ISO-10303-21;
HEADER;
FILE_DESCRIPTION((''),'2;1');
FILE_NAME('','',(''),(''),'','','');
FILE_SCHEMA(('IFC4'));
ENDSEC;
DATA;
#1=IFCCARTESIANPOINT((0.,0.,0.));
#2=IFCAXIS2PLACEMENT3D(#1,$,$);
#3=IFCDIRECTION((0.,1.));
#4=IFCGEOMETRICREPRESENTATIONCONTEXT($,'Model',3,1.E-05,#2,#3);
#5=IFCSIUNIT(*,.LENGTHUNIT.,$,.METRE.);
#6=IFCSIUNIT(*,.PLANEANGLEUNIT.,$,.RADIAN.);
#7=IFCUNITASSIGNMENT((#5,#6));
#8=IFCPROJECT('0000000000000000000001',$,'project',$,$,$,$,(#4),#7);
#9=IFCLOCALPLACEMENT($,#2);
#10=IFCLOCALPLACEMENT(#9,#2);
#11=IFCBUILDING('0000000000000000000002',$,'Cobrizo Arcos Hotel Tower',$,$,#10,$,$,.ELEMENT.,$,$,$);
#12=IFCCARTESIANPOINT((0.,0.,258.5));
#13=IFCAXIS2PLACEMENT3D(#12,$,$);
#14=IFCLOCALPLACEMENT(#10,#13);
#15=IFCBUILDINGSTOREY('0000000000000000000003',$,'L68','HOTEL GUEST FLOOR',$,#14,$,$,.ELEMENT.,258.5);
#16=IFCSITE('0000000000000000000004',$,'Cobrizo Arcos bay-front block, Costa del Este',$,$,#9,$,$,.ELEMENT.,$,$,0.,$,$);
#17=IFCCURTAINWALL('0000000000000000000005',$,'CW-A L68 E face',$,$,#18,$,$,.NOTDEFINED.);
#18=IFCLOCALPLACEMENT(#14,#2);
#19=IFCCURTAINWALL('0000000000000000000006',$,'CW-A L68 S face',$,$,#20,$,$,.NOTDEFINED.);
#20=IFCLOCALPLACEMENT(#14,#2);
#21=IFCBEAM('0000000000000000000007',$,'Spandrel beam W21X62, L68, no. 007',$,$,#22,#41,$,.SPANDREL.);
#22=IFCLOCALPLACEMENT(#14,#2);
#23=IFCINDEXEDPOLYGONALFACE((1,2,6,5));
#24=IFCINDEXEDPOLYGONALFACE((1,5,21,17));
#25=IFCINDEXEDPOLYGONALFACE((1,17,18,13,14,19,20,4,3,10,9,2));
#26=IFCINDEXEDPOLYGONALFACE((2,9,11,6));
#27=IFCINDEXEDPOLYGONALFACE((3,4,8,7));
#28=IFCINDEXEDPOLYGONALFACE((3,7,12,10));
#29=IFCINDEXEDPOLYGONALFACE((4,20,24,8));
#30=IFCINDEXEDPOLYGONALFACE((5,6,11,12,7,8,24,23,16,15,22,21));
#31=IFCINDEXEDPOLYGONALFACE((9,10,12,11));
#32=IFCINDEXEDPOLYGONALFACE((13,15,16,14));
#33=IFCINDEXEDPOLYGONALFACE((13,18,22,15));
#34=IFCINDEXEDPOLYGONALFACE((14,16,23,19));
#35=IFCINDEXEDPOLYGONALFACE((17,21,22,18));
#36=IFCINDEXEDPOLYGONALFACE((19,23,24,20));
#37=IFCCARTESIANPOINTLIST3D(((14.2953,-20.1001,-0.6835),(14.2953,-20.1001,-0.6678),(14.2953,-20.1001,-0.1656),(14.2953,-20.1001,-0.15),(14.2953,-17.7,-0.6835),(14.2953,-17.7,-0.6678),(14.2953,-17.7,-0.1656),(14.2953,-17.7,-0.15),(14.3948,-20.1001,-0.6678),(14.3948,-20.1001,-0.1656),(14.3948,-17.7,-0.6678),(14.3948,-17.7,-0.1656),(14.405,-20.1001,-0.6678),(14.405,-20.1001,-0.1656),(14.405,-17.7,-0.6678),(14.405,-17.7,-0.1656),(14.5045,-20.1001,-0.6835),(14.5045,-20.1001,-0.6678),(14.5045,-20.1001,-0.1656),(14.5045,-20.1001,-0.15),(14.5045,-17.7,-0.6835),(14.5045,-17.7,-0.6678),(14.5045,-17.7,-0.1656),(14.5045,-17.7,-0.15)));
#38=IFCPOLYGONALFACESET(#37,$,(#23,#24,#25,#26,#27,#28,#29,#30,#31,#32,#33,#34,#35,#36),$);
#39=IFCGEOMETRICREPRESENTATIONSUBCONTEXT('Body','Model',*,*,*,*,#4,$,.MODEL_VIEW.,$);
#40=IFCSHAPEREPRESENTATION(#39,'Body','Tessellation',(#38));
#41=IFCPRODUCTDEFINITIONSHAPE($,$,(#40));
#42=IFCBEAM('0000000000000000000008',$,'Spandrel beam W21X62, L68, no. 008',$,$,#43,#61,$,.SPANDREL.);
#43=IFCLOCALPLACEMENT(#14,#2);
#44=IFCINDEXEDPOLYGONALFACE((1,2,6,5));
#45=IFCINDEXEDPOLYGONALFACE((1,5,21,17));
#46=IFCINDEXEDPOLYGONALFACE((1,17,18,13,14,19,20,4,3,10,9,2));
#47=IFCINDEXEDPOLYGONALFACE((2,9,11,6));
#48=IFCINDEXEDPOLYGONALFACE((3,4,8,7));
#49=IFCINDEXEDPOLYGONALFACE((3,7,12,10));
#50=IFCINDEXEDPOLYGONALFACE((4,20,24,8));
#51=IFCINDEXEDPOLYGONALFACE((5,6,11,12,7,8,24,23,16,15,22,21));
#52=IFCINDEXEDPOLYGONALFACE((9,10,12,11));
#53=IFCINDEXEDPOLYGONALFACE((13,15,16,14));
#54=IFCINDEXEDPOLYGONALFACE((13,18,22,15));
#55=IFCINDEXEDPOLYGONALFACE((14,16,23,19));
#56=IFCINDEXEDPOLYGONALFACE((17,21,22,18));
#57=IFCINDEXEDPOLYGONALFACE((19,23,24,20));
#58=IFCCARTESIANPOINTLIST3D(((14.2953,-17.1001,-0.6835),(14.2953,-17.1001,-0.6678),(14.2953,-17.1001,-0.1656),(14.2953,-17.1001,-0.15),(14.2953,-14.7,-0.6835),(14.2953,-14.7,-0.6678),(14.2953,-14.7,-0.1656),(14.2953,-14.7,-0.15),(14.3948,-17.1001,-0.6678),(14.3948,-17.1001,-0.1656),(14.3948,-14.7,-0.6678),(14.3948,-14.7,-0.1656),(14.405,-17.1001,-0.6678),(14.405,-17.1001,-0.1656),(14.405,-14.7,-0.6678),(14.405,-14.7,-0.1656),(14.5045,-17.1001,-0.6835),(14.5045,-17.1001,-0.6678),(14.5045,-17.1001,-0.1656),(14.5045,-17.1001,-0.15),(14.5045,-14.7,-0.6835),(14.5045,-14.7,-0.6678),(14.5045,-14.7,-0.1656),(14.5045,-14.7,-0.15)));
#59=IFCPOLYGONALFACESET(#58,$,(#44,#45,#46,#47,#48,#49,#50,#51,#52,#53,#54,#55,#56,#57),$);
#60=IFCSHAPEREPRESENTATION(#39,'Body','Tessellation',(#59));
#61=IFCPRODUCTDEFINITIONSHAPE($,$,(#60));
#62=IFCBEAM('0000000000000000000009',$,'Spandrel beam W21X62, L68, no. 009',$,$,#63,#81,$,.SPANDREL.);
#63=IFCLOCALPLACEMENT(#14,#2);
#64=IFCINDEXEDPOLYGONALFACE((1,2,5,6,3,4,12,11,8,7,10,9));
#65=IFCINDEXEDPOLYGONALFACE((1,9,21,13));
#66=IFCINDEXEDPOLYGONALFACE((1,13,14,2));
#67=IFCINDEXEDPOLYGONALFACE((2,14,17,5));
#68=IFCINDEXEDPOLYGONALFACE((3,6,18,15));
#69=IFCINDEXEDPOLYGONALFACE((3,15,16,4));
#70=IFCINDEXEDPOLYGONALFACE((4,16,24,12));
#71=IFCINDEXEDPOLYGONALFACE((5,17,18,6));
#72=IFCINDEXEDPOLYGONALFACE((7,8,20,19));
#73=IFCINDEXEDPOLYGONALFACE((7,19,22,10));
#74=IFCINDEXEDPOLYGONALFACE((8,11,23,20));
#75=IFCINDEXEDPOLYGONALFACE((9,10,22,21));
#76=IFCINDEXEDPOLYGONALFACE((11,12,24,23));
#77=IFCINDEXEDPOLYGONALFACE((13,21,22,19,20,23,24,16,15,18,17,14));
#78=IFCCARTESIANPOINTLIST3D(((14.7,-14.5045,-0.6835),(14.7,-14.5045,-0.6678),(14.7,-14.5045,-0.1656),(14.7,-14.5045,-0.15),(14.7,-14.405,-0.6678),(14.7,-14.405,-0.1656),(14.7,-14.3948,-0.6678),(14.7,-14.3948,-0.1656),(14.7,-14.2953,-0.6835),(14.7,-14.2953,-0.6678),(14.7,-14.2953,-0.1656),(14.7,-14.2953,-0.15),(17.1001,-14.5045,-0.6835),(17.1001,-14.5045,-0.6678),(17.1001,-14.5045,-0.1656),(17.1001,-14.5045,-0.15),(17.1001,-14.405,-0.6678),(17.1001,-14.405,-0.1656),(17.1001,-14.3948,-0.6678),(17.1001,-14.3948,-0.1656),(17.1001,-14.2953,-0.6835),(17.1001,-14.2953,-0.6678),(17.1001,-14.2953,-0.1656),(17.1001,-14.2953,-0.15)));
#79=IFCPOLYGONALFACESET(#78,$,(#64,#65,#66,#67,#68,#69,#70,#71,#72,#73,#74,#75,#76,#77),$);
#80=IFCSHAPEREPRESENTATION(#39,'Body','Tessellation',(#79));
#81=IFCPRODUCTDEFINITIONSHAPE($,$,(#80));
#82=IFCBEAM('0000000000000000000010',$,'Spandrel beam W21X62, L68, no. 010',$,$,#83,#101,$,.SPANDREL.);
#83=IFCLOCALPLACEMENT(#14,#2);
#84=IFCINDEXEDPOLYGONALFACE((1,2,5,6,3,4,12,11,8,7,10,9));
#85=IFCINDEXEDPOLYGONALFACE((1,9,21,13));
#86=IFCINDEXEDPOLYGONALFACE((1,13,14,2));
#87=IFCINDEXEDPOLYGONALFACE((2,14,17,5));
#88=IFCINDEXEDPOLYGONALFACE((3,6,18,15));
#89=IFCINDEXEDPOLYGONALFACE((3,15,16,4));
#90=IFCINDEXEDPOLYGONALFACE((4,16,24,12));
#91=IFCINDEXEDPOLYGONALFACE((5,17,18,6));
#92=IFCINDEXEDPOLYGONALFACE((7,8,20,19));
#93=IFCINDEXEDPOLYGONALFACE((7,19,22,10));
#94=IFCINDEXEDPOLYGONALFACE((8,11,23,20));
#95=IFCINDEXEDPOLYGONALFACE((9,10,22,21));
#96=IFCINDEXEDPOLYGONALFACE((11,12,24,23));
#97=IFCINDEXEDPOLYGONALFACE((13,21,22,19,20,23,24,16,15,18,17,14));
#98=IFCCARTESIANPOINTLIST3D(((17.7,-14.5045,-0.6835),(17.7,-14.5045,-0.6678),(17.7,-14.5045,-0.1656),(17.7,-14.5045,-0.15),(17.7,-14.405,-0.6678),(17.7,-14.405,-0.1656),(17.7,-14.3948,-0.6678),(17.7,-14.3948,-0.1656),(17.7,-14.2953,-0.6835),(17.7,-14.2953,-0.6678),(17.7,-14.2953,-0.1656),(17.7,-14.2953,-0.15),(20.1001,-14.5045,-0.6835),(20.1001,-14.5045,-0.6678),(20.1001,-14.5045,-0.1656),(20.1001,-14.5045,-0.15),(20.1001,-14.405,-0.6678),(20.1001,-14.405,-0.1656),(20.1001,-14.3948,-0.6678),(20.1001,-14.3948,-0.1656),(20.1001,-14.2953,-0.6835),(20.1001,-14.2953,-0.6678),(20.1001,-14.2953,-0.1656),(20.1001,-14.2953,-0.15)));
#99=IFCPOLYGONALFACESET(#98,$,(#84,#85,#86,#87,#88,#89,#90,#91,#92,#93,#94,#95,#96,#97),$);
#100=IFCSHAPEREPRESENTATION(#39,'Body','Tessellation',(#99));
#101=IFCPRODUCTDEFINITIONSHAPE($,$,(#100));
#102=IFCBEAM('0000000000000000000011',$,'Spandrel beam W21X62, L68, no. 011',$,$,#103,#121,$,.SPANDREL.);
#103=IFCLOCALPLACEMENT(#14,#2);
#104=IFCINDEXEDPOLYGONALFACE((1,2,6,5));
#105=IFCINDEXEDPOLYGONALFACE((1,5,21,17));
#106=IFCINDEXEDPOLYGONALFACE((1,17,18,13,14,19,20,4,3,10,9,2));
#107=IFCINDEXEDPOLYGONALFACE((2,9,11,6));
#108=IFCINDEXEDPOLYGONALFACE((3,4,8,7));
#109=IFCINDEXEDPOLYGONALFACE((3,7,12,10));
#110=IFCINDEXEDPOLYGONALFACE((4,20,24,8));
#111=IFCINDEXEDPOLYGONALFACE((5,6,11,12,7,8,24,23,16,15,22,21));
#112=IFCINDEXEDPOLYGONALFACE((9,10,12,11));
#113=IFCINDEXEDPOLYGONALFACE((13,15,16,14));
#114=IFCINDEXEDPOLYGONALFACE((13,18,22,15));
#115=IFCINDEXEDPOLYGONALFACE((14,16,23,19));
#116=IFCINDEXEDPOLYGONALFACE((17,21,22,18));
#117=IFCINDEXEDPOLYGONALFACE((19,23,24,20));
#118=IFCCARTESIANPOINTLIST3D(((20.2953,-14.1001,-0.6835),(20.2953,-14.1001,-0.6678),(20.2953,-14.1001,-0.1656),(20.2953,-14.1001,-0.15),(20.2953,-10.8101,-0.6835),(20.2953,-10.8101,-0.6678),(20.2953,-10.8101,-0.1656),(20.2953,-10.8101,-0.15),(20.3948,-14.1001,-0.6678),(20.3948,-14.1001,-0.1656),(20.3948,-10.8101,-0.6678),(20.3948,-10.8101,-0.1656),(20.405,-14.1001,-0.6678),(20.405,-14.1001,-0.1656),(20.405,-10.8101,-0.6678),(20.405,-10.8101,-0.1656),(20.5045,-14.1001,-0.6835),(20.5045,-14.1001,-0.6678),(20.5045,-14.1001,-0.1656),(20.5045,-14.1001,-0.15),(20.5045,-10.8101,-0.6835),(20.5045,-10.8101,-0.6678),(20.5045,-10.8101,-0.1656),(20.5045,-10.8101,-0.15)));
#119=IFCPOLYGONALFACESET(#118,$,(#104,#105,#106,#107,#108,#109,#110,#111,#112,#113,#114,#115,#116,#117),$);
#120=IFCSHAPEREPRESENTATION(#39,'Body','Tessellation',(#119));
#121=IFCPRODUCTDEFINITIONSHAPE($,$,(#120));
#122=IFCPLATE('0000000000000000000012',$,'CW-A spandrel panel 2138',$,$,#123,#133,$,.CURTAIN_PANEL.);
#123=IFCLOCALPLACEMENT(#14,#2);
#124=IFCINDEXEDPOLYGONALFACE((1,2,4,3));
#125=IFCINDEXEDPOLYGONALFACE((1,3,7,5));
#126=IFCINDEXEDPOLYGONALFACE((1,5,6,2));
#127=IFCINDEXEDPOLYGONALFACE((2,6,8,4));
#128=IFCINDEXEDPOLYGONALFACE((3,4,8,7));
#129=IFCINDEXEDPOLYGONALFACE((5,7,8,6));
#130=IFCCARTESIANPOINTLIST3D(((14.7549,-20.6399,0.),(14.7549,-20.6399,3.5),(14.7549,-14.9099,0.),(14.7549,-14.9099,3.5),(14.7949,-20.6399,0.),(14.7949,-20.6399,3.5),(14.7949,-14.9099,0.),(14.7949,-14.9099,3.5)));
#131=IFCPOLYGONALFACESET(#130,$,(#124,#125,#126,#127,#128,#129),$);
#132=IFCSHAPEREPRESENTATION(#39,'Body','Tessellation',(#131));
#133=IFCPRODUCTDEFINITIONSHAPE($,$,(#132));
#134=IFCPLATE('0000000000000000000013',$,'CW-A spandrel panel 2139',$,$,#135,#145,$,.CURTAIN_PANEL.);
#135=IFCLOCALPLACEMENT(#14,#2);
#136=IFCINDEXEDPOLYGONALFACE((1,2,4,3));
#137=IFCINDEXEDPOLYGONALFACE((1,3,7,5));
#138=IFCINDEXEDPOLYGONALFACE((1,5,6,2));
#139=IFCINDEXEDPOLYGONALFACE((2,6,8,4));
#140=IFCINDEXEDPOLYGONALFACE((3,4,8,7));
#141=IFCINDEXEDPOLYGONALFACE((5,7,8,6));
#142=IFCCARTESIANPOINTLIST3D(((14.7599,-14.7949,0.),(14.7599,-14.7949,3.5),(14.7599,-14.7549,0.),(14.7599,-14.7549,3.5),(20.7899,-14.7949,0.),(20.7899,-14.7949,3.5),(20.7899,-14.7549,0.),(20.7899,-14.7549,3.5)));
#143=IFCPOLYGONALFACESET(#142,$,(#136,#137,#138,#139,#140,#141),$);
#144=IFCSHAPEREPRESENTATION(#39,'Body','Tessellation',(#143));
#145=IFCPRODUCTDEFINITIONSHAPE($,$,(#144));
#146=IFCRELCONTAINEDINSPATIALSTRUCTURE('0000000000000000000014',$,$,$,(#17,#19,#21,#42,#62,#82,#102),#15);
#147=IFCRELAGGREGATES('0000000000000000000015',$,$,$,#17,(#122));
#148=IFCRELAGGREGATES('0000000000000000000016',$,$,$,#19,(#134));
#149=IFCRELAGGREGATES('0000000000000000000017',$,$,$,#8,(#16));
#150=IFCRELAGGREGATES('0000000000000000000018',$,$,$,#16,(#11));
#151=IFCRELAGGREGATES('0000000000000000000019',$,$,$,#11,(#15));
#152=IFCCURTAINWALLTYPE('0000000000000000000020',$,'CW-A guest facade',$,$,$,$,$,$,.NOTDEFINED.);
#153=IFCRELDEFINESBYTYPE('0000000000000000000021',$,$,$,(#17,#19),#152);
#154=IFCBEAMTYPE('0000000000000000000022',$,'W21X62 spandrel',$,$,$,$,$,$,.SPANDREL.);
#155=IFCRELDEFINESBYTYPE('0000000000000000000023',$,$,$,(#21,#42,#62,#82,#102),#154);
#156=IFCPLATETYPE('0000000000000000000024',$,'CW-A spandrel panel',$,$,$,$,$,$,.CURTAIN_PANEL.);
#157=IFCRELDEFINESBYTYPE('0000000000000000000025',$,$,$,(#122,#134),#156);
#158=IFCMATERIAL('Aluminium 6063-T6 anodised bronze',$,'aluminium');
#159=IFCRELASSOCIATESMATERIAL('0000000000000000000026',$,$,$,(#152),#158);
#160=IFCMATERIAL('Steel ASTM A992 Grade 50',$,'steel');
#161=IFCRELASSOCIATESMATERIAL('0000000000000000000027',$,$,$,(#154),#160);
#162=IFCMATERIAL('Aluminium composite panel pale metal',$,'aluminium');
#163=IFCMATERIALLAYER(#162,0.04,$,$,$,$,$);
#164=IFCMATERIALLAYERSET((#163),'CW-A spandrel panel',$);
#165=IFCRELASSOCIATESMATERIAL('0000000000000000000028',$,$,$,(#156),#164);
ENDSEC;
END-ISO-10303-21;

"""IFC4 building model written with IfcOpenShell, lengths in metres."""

from ifc_helpers import new_model, si_unit, direction, frame, origin, origin_2d, place, context, subcontext, project, spatial, rectangle, i_section, extrude, material, layer, layer_set, material_profile, profile_set, type_object, element, aggregate, save


model = new_model("IFC4")

# Units and contexts
model_context = context("Model", 3, precision=1e-05, world=origin(), true_north=direction((0.0, 1.0)))
body_context = subcontext(model_context, "Body", "Model", "MODEL_VIEW")
ifc_project = project(units=[si_unit("LENGTHUNIT", "METRE"), si_unit("PLANEANGLEUNIT", "RADIAN")], contexts=[model_context])

# Site, building, storey
site_placement = place(None, origin())
site = spatial("IfcSite", under=ifc_project, at=site_placement, Name="Cobrizo Arcos bay-front block, Costa del Este", CompositionType="ELEMENT", RefElevation=0.0)
building_placement = place(site_placement, origin())
building = spatial("IfcBuilding", under=site, at=building_placement, Name="Cobrizo Arcos Hotel Tower", CompositionType="ELEMENT")
storey_placement = place(building_placement, frame((0.0, 0.0, 258.5)))
storey = spatial("IfcBuildingStorey", under=building, at=storey_placement, Name="L68", Description="HOTEL GUEST FLOOR", CompositionType="ELEMENT", Elevation=258.5)

# Shared definitions
ifc_material_1 = material(Name="Aluminium 6063-T6 anodised bronze", Category="aluminium")
curtain_wall_type = type_object("IfcCurtainWallType", Name="CW-A guest facade", PredefinedType="NOTDEFINED", material=ifc_material_1)

# Curtain walls
curtain_wall_1_placement = place(storey_placement, origin())
curtain_wall_1 = element("IfcCurtainWall", 1, at=curtain_wall_1_placement, inside=storey, type_object=curtain_wall_type, Name="CW-A L68 E face", PredefinedType="NOTDEFINED")
curtain_wall_2_placement = place(storey_placement, origin())
curtain_wall_2 = element("IfcCurtainWall", 2, at=curtain_wall_2_placement, inside=storey, type_object=curtain_wall_type, Name="CW-A L68 S face", PredefinedType="NOTDEFINED")

# Beams
ifc_material_2 = material(Name="Steel ASTM A992 Grade 50", Category="steel")
ifc_material_profile_1 = material_profile(ifc_material_2, i_section(OverallWidth=0.2092, OverallDepth=0.5334, WebThickness=0.0103, FlangeThickness=0.0156, at=origin_2d()), Name="W21X62")
ifc_profile_set_1 = profile_set([ifc_material_profile_1], Name="Steel ASTM A992 Grade 50")
beam_type_1 = type_object("IfcBeamType", Name="W21X62 spandrel", PredefinedType="SPANDREL", material=ifc_profile_set_1)
for number, where, z_axis, x_axis, name in (
    (3, (14.3999, -20.1001, -0.4167), (0.0, 1.0, 0.0), (-1.0, 0.0, 0.0), "Spandrel beam W21X62, L68, no. 007"),
    (4, (14.3999, -17.1001, -0.4167), (0.0, 1.0, 0.0), (-1.0, 0.0, 0.0), "Spandrel beam W21X62, L68, no. 008"),
    (5, (14.7, -14.3999, -0.4167), (1.0, 0.0, 0.0), (0.0, 1.0, 0.0), "Spandrel beam W21X62, L68, no. 009"),
    (6, (17.7, -14.3999, -0.4167), (1.0, 0.0, 0.0), (0.0, 1.0, 0.0), "Spandrel beam W21X62, L68, no. 010"),
):
    element("IfcBeam", number, at=place(storey_placement, frame(where, z_axis=z_axis, x_axis=x_axis)), inside=storey, type_object=beam_type_1, Name=name, PredefinedType="SPANDREL", context=body_context, shape_type="SweptSolid", body=[
        extrude(i_section(OverallWidth=0.2092, OverallDepth=0.5334, WebThickness=0.0103, FlangeThickness=0.0156, at=origin_2d()), origin(), (0.0, 0.0, 1.0), 2.4001),
    ])
beam_1_placement = place(storey_placement, frame((20.3999, -14.1001, -0.4167), z_axis=(0.0, 1.0, 0.0), x_axis=(-1.0, 0.0, 0.0)))
element("IfcBeam", 7, at=beam_1_placement, inside=storey, type_object=beam_type_1, Name="Spandrel beam W21X62, L68, no. 011", PredefinedType="SPANDREL", context=body_context, shape_type="SweptSolid", body=[
    extrude(i_section(OverallWidth=0.2092, OverallDepth=0.5334, WebThickness=0.0103, FlangeThickness=0.0156, at=origin_2d()), origin(), (0.0, 0.0, 1.0), 3.29),
])

# Plates
ifc_material_3 = material(Name="Aluminium composite panel pale metal", Category="aluminium")
ifc_layer = layer(ifc_material_3, 0.04)
ifc_layer_set = layer_set([ifc_layer], Name="CW-A spandrel panel")
plate_type = type_object("IfcPlateType", Name="CW-A spandrel panel", PredefinedType="CURTAIN_PANEL", material=ifc_layer_set)
plate_1_placement = place(storey_placement, frame((14.7749, -17.7749, 0.0), z_axis=(0.0, 0.0, 1.0), x_axis=(0.0, 1.0, 0.0)))
plate_1 = element("IfcPlate", 8, at=plate_1_placement, type_object=plate_type, Name="CW-A spandrel panel 2138", PredefinedType="CURTAIN_PANEL", context=body_context, shape_type="SweptSolid", body=[
    extrude(rectangle(XDim=5.73, YDim=0.04, at=origin_2d()), origin(), (0.0, 0.0, 1.0), 3.5),
])
aggregate(curtain_wall_1, [plate_1])
plate_2_placement = place(storey_placement, frame((17.7749, -14.7749, 0.0), z_axis=(0.0, 0.0, 1.0), x_axis=(1.0, 0.0, 0.0)))
plate_2 = element("IfcPlate", 9, at=plate_2_placement, type_object=plate_type, Name="CW-A spandrel panel 2139", PredefinedType="CURTAIN_PANEL", context=body_context, shape_type="SweptSolid", body=[
    extrude(rectangle(XDim=6.03, YDim=0.04, at=origin_2d()), origin(), (0.0, 0.0, 1.0), 3.5),
])
aggregate(curtain_wall_2, [plate_2])

save(model, "model.ifc")
